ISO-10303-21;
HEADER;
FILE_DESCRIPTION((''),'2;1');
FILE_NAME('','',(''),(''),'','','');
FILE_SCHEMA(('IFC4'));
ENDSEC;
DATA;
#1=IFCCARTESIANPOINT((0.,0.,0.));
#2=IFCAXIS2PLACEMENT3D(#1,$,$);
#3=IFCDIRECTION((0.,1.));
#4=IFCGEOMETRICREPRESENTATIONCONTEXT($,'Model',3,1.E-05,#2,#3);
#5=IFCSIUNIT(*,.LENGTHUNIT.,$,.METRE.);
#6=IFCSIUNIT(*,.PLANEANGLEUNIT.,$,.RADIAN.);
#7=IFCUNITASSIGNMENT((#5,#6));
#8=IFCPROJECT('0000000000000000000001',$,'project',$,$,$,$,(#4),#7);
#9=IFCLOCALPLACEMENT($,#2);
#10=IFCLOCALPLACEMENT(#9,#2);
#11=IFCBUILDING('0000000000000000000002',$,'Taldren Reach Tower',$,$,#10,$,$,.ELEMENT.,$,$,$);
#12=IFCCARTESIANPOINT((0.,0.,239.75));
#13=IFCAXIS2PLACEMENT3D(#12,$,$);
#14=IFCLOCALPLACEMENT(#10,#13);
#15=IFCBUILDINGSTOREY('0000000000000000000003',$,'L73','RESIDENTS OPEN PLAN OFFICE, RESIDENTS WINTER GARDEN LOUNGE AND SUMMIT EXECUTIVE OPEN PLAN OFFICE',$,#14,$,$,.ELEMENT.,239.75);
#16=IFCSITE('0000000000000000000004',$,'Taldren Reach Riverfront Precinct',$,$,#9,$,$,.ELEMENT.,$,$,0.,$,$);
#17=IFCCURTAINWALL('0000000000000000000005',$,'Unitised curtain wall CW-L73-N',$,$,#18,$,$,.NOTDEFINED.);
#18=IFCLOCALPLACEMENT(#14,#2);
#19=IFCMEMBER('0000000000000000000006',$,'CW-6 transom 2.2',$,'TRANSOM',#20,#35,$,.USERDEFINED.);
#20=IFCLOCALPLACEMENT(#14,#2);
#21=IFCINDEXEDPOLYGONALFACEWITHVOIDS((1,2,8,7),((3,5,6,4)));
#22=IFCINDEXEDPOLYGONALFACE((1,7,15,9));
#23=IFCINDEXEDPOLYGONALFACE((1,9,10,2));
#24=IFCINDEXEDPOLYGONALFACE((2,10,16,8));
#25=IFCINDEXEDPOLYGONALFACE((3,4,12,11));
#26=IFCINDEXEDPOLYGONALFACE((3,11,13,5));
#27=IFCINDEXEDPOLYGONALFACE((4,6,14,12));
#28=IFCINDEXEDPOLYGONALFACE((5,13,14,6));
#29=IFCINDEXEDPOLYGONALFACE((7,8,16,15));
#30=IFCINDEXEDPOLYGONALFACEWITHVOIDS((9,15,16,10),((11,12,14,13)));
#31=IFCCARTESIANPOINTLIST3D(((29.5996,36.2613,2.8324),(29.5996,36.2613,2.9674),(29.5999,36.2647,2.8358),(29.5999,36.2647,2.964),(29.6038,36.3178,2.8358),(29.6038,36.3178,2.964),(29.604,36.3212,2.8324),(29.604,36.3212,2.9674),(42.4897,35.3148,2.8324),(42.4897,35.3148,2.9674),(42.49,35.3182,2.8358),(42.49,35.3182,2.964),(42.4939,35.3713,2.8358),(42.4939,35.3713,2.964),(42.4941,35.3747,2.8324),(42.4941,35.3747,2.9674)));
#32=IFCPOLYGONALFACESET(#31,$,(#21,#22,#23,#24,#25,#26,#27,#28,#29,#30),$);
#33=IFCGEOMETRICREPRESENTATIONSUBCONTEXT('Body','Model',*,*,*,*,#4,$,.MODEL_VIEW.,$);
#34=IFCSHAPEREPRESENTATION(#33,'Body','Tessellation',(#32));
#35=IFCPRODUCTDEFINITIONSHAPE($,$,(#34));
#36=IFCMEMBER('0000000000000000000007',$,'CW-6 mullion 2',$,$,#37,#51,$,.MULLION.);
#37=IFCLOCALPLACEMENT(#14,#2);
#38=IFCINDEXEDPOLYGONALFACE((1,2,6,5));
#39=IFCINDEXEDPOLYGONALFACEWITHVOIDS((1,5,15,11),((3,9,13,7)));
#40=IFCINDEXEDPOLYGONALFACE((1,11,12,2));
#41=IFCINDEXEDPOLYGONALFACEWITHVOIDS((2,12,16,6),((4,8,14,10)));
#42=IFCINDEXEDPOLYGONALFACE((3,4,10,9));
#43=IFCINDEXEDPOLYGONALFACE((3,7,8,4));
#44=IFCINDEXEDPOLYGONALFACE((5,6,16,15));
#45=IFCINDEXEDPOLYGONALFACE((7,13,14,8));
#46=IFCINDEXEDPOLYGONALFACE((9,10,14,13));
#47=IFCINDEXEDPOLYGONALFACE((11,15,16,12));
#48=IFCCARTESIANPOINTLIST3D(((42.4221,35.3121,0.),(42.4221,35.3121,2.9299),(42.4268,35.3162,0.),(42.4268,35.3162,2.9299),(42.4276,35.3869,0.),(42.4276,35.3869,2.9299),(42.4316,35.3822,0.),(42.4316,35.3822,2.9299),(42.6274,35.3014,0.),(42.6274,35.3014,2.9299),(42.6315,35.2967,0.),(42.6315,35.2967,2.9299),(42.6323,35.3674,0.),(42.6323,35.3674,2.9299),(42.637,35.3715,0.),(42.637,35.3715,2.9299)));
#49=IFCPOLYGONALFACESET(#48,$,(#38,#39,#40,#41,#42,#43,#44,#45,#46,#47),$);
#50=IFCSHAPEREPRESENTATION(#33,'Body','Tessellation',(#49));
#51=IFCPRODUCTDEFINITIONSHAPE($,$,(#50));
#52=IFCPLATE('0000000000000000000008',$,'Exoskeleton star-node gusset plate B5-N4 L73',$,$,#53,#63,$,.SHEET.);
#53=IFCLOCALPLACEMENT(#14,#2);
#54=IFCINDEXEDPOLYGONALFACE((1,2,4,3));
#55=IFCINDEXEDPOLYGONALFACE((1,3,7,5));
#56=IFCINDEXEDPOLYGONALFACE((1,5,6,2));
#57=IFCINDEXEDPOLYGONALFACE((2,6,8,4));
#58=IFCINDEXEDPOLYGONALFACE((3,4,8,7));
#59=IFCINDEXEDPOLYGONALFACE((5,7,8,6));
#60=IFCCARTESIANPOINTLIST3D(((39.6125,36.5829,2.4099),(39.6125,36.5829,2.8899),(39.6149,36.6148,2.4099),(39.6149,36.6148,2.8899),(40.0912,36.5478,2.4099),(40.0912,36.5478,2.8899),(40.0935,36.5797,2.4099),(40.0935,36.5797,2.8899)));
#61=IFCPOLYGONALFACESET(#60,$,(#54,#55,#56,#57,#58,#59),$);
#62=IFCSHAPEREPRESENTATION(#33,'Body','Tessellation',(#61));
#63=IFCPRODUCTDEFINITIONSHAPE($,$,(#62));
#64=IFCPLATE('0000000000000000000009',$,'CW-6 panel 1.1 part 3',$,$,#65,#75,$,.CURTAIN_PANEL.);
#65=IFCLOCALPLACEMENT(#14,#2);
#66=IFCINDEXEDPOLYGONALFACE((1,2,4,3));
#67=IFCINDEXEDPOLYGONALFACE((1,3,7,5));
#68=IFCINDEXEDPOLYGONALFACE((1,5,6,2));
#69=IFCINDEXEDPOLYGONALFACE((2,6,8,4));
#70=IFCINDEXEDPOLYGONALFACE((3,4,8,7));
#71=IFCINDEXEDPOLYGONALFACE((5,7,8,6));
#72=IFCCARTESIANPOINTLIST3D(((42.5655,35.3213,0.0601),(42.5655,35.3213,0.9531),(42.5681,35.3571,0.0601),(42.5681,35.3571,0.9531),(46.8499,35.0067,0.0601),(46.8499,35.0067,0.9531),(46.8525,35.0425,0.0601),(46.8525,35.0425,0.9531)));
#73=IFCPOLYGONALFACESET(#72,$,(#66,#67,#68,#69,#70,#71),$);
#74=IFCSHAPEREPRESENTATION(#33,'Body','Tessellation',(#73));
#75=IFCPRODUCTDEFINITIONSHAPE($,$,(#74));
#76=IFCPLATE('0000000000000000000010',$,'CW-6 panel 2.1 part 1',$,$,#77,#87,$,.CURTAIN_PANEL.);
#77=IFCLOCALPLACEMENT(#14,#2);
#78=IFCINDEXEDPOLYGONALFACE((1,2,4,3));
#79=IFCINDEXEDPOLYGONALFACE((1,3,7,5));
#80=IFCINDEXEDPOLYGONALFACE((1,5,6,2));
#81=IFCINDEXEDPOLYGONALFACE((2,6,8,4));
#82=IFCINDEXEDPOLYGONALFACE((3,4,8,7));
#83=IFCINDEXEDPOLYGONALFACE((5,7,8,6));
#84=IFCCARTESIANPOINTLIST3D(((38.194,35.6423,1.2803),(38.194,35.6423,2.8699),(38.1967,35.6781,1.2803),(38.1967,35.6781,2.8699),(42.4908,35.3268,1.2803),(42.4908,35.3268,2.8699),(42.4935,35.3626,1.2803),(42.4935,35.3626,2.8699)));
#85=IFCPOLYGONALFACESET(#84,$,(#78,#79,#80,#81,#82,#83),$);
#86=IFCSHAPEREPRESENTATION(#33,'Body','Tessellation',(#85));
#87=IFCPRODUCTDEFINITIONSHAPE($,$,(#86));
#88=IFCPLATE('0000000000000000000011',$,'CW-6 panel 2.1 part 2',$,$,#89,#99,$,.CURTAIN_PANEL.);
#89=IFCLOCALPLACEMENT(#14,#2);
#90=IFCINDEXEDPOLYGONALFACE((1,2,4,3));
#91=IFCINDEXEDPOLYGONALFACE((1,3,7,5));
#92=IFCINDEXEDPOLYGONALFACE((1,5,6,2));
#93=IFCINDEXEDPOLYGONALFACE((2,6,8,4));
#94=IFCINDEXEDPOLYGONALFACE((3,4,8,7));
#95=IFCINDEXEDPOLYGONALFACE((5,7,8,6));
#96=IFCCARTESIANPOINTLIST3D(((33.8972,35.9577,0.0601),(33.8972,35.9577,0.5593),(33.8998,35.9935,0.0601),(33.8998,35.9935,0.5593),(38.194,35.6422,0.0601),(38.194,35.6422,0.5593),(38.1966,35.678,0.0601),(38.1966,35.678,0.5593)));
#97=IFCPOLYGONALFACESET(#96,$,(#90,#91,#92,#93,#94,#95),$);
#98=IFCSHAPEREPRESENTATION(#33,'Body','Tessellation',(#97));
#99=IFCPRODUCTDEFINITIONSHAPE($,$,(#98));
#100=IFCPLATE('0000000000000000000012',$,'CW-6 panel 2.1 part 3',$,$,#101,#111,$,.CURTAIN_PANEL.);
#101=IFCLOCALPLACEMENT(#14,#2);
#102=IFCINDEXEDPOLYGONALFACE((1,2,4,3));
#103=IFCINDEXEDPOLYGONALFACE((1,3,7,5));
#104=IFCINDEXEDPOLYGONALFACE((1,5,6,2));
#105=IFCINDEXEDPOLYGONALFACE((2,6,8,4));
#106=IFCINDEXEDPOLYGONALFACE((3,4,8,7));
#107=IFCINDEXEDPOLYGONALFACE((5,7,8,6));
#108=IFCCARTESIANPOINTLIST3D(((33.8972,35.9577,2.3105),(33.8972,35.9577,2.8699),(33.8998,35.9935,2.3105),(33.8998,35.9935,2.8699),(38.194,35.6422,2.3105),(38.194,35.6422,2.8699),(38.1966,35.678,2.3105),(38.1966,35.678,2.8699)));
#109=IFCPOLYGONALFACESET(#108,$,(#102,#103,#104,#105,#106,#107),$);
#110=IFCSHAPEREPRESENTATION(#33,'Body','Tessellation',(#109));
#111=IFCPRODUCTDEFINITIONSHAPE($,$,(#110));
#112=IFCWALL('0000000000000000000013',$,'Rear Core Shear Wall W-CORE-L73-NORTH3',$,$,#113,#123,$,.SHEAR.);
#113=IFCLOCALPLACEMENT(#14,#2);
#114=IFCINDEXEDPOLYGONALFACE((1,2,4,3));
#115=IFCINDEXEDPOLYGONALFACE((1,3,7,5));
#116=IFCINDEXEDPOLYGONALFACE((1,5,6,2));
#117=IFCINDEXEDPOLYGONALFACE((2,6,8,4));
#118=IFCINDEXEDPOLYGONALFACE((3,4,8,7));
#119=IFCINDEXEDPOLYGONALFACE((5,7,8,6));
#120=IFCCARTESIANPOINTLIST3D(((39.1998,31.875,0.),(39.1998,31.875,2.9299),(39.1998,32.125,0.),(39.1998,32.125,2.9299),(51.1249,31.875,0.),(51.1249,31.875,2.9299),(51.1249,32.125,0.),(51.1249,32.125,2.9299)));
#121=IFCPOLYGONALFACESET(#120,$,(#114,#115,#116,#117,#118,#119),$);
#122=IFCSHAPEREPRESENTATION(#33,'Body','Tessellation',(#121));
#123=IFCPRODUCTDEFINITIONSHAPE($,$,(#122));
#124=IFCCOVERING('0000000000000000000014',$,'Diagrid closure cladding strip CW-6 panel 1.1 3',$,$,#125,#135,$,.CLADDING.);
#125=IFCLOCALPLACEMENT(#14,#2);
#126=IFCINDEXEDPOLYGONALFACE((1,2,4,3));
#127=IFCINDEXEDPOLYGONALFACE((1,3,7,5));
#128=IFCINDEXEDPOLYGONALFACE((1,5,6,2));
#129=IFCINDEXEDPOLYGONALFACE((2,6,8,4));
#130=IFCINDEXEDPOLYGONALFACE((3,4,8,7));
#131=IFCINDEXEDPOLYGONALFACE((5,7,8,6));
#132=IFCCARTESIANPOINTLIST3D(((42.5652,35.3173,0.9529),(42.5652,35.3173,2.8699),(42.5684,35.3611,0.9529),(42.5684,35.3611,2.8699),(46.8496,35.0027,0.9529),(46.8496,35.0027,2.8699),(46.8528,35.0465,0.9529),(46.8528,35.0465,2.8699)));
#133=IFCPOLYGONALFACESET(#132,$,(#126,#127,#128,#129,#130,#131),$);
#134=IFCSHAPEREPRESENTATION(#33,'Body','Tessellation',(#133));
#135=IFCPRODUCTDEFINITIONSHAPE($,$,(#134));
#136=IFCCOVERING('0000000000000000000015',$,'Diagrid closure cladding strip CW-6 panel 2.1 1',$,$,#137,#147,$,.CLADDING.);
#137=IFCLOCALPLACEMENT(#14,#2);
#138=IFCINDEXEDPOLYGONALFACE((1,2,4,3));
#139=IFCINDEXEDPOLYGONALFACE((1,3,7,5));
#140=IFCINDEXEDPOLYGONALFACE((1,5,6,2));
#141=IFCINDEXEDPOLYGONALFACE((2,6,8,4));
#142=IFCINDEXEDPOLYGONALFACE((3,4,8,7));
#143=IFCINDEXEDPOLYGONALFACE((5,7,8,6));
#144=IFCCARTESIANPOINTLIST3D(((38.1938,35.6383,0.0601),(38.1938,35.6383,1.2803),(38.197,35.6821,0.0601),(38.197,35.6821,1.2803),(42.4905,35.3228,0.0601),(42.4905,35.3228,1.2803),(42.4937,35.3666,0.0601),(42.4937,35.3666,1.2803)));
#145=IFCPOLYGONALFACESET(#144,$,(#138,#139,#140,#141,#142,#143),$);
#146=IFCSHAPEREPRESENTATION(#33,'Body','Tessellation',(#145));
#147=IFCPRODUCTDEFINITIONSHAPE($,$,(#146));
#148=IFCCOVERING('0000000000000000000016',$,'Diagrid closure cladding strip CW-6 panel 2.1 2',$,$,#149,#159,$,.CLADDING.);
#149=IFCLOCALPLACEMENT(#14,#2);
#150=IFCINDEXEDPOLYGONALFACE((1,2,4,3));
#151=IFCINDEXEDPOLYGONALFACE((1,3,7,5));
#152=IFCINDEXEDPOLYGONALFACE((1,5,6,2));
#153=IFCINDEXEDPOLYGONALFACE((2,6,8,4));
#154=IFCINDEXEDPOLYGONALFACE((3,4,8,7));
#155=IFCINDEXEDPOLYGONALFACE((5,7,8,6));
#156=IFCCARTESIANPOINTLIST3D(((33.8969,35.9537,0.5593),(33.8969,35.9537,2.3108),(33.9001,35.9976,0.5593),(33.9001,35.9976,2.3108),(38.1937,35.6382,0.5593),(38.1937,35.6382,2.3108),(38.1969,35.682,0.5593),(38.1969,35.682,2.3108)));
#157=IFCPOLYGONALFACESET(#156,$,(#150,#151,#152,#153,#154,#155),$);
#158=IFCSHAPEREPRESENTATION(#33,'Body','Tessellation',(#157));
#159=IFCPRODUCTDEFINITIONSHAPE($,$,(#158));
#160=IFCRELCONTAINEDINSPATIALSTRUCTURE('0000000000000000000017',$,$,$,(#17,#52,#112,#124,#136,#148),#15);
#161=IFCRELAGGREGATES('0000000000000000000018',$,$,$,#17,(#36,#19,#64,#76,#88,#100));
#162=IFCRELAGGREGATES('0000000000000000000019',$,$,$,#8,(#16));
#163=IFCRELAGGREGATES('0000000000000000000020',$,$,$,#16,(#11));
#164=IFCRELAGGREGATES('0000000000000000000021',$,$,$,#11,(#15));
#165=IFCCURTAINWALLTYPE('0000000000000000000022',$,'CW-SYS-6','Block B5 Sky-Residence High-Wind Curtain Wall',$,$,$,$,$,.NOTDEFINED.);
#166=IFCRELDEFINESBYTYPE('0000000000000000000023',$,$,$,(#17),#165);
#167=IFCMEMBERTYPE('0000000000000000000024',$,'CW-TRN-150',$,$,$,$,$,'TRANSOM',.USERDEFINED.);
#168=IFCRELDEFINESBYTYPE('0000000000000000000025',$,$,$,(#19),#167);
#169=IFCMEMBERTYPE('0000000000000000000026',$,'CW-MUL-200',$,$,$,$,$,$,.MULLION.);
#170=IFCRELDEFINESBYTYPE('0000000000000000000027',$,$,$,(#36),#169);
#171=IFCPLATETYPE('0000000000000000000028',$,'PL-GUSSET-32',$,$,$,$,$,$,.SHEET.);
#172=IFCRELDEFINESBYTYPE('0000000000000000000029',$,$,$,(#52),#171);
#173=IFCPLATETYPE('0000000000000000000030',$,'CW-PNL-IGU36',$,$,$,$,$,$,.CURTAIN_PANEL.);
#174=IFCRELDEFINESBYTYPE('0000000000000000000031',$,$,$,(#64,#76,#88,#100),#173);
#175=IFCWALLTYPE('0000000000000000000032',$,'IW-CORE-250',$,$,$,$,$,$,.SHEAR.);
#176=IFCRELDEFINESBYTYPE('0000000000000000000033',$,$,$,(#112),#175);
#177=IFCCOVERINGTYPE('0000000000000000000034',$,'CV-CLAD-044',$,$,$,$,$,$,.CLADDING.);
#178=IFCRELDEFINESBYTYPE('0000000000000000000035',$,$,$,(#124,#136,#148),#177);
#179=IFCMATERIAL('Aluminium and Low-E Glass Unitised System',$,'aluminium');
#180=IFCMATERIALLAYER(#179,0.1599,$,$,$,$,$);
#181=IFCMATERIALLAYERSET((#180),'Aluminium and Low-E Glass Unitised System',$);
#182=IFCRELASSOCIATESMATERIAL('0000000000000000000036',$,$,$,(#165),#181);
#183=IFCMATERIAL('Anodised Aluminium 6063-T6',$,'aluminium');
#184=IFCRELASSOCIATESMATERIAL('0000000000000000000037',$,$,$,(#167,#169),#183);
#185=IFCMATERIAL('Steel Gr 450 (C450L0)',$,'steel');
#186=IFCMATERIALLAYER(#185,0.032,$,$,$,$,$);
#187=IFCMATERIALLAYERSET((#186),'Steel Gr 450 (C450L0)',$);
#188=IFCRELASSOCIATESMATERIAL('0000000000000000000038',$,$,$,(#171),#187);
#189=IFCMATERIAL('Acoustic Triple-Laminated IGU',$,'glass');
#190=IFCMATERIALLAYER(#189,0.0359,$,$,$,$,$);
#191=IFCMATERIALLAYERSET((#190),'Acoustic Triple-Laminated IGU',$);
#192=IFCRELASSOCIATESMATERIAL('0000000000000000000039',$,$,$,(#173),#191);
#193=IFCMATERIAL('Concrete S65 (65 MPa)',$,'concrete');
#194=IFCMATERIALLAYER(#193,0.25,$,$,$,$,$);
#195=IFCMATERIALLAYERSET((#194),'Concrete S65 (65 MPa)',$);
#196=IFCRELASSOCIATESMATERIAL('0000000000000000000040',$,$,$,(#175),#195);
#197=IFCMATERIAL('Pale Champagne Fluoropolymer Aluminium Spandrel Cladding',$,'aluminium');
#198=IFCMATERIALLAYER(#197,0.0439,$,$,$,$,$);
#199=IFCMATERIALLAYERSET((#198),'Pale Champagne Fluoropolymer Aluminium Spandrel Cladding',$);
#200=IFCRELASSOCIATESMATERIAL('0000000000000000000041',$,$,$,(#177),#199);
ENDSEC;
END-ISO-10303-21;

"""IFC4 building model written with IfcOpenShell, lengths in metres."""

from ifc_helpers import new_model, si_unit, direction, frame, frame_2d, origin, origin_2d, place, context, subcontext, project, spatial, rectangle, hollow_rectangle, extrude, source, transform, mapped, material, layer, layer_set, material_profile, profile_set, type_object, element, aggregate, save


model = new_model("IFC4")

# Units and contexts
model_context = context("Model", 3, precision=1e-05, world=origin(), true_north=direction((0.0, 1.0)))
body_context = subcontext(model_context, "Body", "Model", "MODEL_VIEW")
ifc_project = project(units=[si_unit("LENGTHUNIT", "METRE"), si_unit("PLANEANGLEUNIT", "RADIAN")], contexts=[model_context])

# Site, building, storey
site_placement = place(None, origin())
site = spatial("IfcSite", under=ifc_project, at=site_placement, Name="Taldren Reach Riverfront Precinct", CompositionType="ELEMENT", RefElevation=0.0)
building_placement = place(site_placement, origin())
building = spatial("IfcBuilding", under=site, at=building_placement, Name="Taldren Reach Tower", CompositionType="ELEMENT")
storey_placement = place(building_placement, frame((0.0, 0.0, 239.75)))
storey = spatial("IfcBuildingStorey", under=building, at=storey_placement, Name="L73", Description="RESIDENTS OPEN PLAN OFFICE, RESIDENTS WINTER GARDEN LOUNGE AND SUMMIT EXECUTIVE OPEN PLAN OFFICE", CompositionType="ELEMENT", Elevation=239.75)

# Shared definitions
ifc_material_1 = material(Name="Steel Gr 450 (C450L0)", Category="steel")

# Curtain wall, members
ifc_material_2 = material(Name="Aluminium and Low-E Glass Unitised System", Category="aluminium")
ifc_layer_1 = layer(ifc_material_2, 0.1599)
ifc_layer_set_1 = layer_set([ifc_layer_1], Name="Aluminium and Low-E Glass Unitised System")
curtain_wall_type = type_object("IfcCurtainWallType", Name="CW-SYS-6", Description="Block B5 Sky-Residence High-Wind Curtain Wall", PredefinedType="NOTDEFINED", material=ifc_layer_set_1)
curtain_wall_placement = place(storey_placement, origin())
curtain_wall = element("IfcCurtainWall", 1, at=curtain_wall_placement, inside=storey, type_object=curtain_wall_type, Name="Unitised curtain wall CW-L73-N", PredefinedType="NOTDEFINED")
ifc_material_3 = material(Name="Anodised Aluminium 6063-T6", Category="aluminium")
ifc_material_profile_1 = material_profile(ifc_material_3, hollow_rectangle(XDim=0.0601, YDim=0.135, WallThickness=0.0034, at=origin_2d()), Name="ALU-135x60x3.5RHS")
ifc_profile_set_1 = profile_set([ifc_material_profile_1], Name="Anodised Aluminium 6063-T6")
member_type_1 = type_object("IfcMemberType", Name="CW-TRN-150", ElementType="TRANSOM", PredefinedType="USERDEFINED", material=ifc_profile_set_1)
shared_shape_1 = source(origin(), body_context, "Body", "SweptSolid", [
    extrude(hollow_rectangle(XDim=0.0601, YDim=0.135, WallThickness=0.0034, at=origin_2d()), origin(), (0.0, 0.0, 1.0), 12.9248),
])
member_1_placement = place(storey_placement, frame((42.4919, 35.3447, 2.8999), z_axis=(-0.997315, 0.073234, 0.0), x_axis=(-0.073234, -0.997315, 0.0)))
member_1 = element("IfcMember", 2, at=member_1_placement, type_object=member_type_1, Name="CW-6 transom 2.2", ObjectType="TRANSOM", PredefinedType="USERDEFINED", context=body_context, shape_type="MappedRepresentation", body=[
    mapped(shared_shape_1, transform((0.0, 0.0, 0.0), scale=1.0)),
])
ifc_material_profile_2 = material_profile(ifc_material_3, hollow_rectangle(XDim=0.075, YDim=0.21, WallThickness=0.0044, at=origin_2d()), Name="ALU-210x75x4.5RHS")
ifc_profile_set_2 = profile_set([ifc_material_profile_2], Name="Anodised Aluminium 6063-T6")
member_type_2 = type_object("IfcMemberType", Name="CW-MUL-200", PredefinedType="MULLION", material=ifc_profile_set_2)
shared_shape_2 = source(origin(), body_context, "Body", "SweptSolid", [
    extrude(hollow_rectangle(XDim=0.075, YDim=0.21, WallThickness=0.0044, at=origin_2d()), origin(), (0.0, 0.0, 1.0), 2.9299),
])
member_2_placement = place(storey_placement, frame((42.5295, 35.3418, 0.0), z_axis=(0.0, 0.0, 1.0), x_axis=(-0.073238, -0.997314, 0.0)))
member_2 = element("IfcMember", 3, at=member_2_placement, type_object=member_type_2, Name="CW-6 mullion 2", PredefinedType="MULLION", context=body_context, shape_type="MappedRepresentation", body=[
    mapped(shared_shape_2, transform((0.0, 0.0, 0.0), scale=1.0)),
])

# Plates
ifc_layer_2 = layer(ifc_material_1, 0.032)
ifc_layer_set_2 = layer_set([ifc_layer_2], Name="Steel Gr 450 (C450L0)")
plate_type_1 = type_object("IfcPlateType", Name="PL-GUSSET-32", PredefinedType="SHEET", material=ifc_layer_set_2)
shared_shape_3 = source(origin(), body_context, "Body", "SweptSolid", [
    extrude(rectangle(XDim=0.48, YDim=0.032, at=origin_2d()), origin(), (0.0, 0.0, 1.0), 0.48),
])
plate_1_placement = place(storey_placement, frame((39.853, 36.5813, 2.4099), z_axis=(0.0, 0.0, 1.0), x_axis=(0.997314, -0.073238, 0.0)))
element("IfcPlate", 4, at=plate_1_placement, inside=storey, type_object=plate_type_1, Name="Exoskeleton star-node gusset plate B5-N4 L73", PredefinedType="SHEET", context=body_context, shape_type="MappedRepresentation", body=[
    mapped(shared_shape_3, transform((0.0, 0.0, 0.0), scale=1.0)),
])
ifc_material_4 = material(Name="Acoustic Triple-Laminated IGU", Category="glass")
ifc_layer_3 = layer(ifc_material_4, 0.0359)
ifc_layer_set_3 = layer_set([ifc_layer_3], Name="Acoustic Triple-Laminated IGU")
plate_type_2 = type_object("IfcPlateType", Name="CW-PNL-IGU36", PredefinedType="CURTAIN_PANEL", material=ifc_layer_set_3)
shared_shape_4 = source(origin(), body_context, "Body", "SweptSolid", [
    extrude(rectangle(XDim=4.2959, YDim=0.0359, at=origin_2d()), origin(), (0.0, 0.0, 1.0), 0.8931),
])
plate_2_placement = place(storey_placement, frame((44.709, 35.1819, 0.0601), z_axis=(0.0, 0.0, 1.0), x_axis=(-0.997314, 0.073238, 0.0)))
plate_2 = element("IfcPlate", 5, at=plate_2_placement, type_object=plate_type_2, Name="CW-6 panel 1.1 part 3", PredefinedType="CURTAIN_PANEL", context=body_context, shape_type="MappedRepresentation", body=[
    mapped(shared_shape_4, transform((0.0, 0.0, 0.0), scale=1.0)),
])
shared_shape_5 = source(origin(), body_context, "Body", "SweptSolid", [
    extrude(rectangle(XDim=4.3083, YDim=0.0359, at=origin_2d()), origin(), (0.0, 0.0, 1.0), 1.5896),
])
plate_3_placement = place(storey_placement, frame((40.3438, 35.5024, 1.2803), z_axis=(0.0, 0.0, 1.0), x_axis=(-0.997314, 0.073238, 0.0)))
plate_3 = element("IfcPlate", 6, at=plate_3_placement, type_object=plate_type_2, Name="CW-6 panel 2.1 part 1", PredefinedType="CURTAIN_PANEL", context=body_context, shape_type="MappedRepresentation", body=[
    mapped(shared_shape_5, transform((0.0, 0.0, 0.0), scale=1.0)),
])
shared_shape_6 = source(origin(), body_context, "Body", "SweptSolid", [
    extrude(rectangle(XDim=4.3083, YDim=0.0359, at=origin_2d()), origin(), (0.0, 0.0, 1.0), 0.4993),
])
plate_4_placement = place(storey_placement, frame((36.0469, 35.8179, 0.0601), z_axis=(0.0, 0.0, 1.0), x_axis=(-0.997314, 0.073238, 0.0)))
plate_4 = element("IfcPlate", 7, at=plate_4_placement, type_object=plate_type_2, Name="CW-6 panel 2.1 part 2", PredefinedType="CURTAIN_PANEL", context=body_context, shape_type="MappedRepresentation", body=[
    mapped(shared_shape_6, transform((0.0, 0.0, 0.0), scale=1.0)),
])
shared_shape_7 = source(origin(), body_context, "Body", "SweptSolid", [
    extrude(rectangle(XDim=4.3083, YDim=0.0359, at=origin_2d()), origin(), (0.0, 0.0, 1.0), 0.5593),
])
plate_5_placement = place(storey_placement, frame((36.0469, 35.8179, 2.3105), z_axis=(0.0, 0.0, 1.0), x_axis=(-0.997314, 0.073238, 0.0)))
plate_5 = element("IfcPlate", 8, at=plate_5_placement, type_object=plate_type_2, Name="CW-6 panel 2.1 part 3", PredefinedType="CURTAIN_PANEL", context=body_context, shape_type="MappedRepresentation", body=[
    mapped(shared_shape_7, transform((0.0, 0.0, 0.0), scale=1.0)),
])
aggregate(curtain_wall, [member_2, member_1, plate_2, plate_3, plate_4, plate_5])

# Wall
ifc_material_5 = material(Name="Concrete S65 (65 MPa)", Category="concrete")
ifc_layer_4 = layer(ifc_material_5, 0.25)
ifc_layer_set_4 = layer_set([ifc_layer_4], Name="Concrete S65 (65 MPa)")
wall_type = type_object("IfcWallType", Name="IW-CORE-250", PredefinedType="SHEAR", material=ifc_layer_set_4)
shared_shape_8 = source(origin(), body_context, "Body", "SweptSolid", [
    extrude(rectangle(XDim=11.925, YDim=0.25, at=frame_2d((5.9624, 0.0))), origin(), (0.0, 0.0, 1.0), 2.9299),
])
wall_placement = place(storey_placement, frame((39.2, 32.0, 0.0), z_axis=(0.0, 0.0, 1.0), x_axis=(1.0, 0.0, 0.0)))
element("IfcWall", 9, at=wall_placement, inside=storey, type_object=wall_type, Name="Rear Core Shear Wall W-CORE-L73-NORTH3", PredefinedType="SHEAR", context=body_context, shape_type="MappedRepresentation", body=[
    mapped(shared_shape_8, transform((0.0, 0.0, 0.0), scale=1.0)),
])

# Coverings
ifc_material_6 = material(Name="Pale Champagne Fluoropolymer Aluminium Spandrel Cladding", Category="aluminium")
ifc_layer_5 = layer(ifc_material_6, 0.0439)
ifc_layer_set_5 = layer_set([ifc_layer_5], Name="Pale Champagne Fluoropolymer Aluminium Spandrel Cladding")
covering_type = type_object("IfcCoveringType", Name="CV-CLAD-044", PredefinedType="CLADDING", material=ifc_layer_set_5)
shared_shape_9 = source(origin(), body_context, "Body", "SweptSolid", [
    extrude(rectangle(XDim=4.2959, YDim=0.0439, at=origin_2d()), origin(), (0.0, 0.0, 1.0), 1.917),
])
covering_1_placement = place(storey_placement, frame((44.709, 35.1819, 0.9529), z_axis=(0.0, 0.0, 1.0), x_axis=(-0.997314, 0.073238, 0.0)))
element("IfcCovering", 10, at=covering_1_placement, inside=storey, type_object=covering_type, Name="Diagrid closure cladding strip CW-6 panel 1.1 3", PredefinedType="CLADDING", context=body_context, shape_type="MappedRepresentation", body=[
    mapped(shared_shape_9, transform((0.0, 0.0, 0.0), scale=1.0)),
])
shared_shape_10 = source(origin(), body_context, "Body", "SweptSolid", [
    extrude(rectangle(XDim=4.3083, YDim=0.0439, at=origin_2d()), origin(), (0.0, 0.0, 1.0), 1.2202),
])
covering_2_placement = place(storey_placement, frame((40.3438, 35.5024, 0.0601), z_axis=(0.0, 0.0, 1.0), x_axis=(-0.997314, 0.073238, 0.0)))
element("IfcCovering", 11, at=covering_2_placement, inside=storey, type_object=covering_type, Name="Diagrid closure cladding strip CW-6 panel 2.1 1", PredefinedType="CLADDING", context=body_context, shape_type="MappedRepresentation", body=[
    mapped(shared_shape_10, transform((0.0, 0.0, 0.0), scale=1.0)),
])
shared_shape_11 = source(origin(), body_context, "Body", "SweptSolid", [
    extrude(rectangle(XDim=4.3083, YDim=0.0439, at=origin_2d()), origin(), (0.0, 0.0, 1.0), 1.7515),
])
covering_3_placement = place(storey_placement, frame((36.0469, 35.8179, 0.5593), z_axis=(0.0, 0.0, 1.0), x_axis=(-0.997314, 0.073238, 0.0)))
element("IfcCovering", 12, at=covering_3_placement, inside=storey, type_object=covering_type, Name="Diagrid closure cladding strip CW-6 panel 2.1 2", PredefinedType="CLADDING", context=body_context, shape_type="MappedRepresentation", body=[
    mapped(shared_shape_11, transform((0.0, 0.0, 0.0), scale=1.0)),
])

save(model, "model.ifc")
